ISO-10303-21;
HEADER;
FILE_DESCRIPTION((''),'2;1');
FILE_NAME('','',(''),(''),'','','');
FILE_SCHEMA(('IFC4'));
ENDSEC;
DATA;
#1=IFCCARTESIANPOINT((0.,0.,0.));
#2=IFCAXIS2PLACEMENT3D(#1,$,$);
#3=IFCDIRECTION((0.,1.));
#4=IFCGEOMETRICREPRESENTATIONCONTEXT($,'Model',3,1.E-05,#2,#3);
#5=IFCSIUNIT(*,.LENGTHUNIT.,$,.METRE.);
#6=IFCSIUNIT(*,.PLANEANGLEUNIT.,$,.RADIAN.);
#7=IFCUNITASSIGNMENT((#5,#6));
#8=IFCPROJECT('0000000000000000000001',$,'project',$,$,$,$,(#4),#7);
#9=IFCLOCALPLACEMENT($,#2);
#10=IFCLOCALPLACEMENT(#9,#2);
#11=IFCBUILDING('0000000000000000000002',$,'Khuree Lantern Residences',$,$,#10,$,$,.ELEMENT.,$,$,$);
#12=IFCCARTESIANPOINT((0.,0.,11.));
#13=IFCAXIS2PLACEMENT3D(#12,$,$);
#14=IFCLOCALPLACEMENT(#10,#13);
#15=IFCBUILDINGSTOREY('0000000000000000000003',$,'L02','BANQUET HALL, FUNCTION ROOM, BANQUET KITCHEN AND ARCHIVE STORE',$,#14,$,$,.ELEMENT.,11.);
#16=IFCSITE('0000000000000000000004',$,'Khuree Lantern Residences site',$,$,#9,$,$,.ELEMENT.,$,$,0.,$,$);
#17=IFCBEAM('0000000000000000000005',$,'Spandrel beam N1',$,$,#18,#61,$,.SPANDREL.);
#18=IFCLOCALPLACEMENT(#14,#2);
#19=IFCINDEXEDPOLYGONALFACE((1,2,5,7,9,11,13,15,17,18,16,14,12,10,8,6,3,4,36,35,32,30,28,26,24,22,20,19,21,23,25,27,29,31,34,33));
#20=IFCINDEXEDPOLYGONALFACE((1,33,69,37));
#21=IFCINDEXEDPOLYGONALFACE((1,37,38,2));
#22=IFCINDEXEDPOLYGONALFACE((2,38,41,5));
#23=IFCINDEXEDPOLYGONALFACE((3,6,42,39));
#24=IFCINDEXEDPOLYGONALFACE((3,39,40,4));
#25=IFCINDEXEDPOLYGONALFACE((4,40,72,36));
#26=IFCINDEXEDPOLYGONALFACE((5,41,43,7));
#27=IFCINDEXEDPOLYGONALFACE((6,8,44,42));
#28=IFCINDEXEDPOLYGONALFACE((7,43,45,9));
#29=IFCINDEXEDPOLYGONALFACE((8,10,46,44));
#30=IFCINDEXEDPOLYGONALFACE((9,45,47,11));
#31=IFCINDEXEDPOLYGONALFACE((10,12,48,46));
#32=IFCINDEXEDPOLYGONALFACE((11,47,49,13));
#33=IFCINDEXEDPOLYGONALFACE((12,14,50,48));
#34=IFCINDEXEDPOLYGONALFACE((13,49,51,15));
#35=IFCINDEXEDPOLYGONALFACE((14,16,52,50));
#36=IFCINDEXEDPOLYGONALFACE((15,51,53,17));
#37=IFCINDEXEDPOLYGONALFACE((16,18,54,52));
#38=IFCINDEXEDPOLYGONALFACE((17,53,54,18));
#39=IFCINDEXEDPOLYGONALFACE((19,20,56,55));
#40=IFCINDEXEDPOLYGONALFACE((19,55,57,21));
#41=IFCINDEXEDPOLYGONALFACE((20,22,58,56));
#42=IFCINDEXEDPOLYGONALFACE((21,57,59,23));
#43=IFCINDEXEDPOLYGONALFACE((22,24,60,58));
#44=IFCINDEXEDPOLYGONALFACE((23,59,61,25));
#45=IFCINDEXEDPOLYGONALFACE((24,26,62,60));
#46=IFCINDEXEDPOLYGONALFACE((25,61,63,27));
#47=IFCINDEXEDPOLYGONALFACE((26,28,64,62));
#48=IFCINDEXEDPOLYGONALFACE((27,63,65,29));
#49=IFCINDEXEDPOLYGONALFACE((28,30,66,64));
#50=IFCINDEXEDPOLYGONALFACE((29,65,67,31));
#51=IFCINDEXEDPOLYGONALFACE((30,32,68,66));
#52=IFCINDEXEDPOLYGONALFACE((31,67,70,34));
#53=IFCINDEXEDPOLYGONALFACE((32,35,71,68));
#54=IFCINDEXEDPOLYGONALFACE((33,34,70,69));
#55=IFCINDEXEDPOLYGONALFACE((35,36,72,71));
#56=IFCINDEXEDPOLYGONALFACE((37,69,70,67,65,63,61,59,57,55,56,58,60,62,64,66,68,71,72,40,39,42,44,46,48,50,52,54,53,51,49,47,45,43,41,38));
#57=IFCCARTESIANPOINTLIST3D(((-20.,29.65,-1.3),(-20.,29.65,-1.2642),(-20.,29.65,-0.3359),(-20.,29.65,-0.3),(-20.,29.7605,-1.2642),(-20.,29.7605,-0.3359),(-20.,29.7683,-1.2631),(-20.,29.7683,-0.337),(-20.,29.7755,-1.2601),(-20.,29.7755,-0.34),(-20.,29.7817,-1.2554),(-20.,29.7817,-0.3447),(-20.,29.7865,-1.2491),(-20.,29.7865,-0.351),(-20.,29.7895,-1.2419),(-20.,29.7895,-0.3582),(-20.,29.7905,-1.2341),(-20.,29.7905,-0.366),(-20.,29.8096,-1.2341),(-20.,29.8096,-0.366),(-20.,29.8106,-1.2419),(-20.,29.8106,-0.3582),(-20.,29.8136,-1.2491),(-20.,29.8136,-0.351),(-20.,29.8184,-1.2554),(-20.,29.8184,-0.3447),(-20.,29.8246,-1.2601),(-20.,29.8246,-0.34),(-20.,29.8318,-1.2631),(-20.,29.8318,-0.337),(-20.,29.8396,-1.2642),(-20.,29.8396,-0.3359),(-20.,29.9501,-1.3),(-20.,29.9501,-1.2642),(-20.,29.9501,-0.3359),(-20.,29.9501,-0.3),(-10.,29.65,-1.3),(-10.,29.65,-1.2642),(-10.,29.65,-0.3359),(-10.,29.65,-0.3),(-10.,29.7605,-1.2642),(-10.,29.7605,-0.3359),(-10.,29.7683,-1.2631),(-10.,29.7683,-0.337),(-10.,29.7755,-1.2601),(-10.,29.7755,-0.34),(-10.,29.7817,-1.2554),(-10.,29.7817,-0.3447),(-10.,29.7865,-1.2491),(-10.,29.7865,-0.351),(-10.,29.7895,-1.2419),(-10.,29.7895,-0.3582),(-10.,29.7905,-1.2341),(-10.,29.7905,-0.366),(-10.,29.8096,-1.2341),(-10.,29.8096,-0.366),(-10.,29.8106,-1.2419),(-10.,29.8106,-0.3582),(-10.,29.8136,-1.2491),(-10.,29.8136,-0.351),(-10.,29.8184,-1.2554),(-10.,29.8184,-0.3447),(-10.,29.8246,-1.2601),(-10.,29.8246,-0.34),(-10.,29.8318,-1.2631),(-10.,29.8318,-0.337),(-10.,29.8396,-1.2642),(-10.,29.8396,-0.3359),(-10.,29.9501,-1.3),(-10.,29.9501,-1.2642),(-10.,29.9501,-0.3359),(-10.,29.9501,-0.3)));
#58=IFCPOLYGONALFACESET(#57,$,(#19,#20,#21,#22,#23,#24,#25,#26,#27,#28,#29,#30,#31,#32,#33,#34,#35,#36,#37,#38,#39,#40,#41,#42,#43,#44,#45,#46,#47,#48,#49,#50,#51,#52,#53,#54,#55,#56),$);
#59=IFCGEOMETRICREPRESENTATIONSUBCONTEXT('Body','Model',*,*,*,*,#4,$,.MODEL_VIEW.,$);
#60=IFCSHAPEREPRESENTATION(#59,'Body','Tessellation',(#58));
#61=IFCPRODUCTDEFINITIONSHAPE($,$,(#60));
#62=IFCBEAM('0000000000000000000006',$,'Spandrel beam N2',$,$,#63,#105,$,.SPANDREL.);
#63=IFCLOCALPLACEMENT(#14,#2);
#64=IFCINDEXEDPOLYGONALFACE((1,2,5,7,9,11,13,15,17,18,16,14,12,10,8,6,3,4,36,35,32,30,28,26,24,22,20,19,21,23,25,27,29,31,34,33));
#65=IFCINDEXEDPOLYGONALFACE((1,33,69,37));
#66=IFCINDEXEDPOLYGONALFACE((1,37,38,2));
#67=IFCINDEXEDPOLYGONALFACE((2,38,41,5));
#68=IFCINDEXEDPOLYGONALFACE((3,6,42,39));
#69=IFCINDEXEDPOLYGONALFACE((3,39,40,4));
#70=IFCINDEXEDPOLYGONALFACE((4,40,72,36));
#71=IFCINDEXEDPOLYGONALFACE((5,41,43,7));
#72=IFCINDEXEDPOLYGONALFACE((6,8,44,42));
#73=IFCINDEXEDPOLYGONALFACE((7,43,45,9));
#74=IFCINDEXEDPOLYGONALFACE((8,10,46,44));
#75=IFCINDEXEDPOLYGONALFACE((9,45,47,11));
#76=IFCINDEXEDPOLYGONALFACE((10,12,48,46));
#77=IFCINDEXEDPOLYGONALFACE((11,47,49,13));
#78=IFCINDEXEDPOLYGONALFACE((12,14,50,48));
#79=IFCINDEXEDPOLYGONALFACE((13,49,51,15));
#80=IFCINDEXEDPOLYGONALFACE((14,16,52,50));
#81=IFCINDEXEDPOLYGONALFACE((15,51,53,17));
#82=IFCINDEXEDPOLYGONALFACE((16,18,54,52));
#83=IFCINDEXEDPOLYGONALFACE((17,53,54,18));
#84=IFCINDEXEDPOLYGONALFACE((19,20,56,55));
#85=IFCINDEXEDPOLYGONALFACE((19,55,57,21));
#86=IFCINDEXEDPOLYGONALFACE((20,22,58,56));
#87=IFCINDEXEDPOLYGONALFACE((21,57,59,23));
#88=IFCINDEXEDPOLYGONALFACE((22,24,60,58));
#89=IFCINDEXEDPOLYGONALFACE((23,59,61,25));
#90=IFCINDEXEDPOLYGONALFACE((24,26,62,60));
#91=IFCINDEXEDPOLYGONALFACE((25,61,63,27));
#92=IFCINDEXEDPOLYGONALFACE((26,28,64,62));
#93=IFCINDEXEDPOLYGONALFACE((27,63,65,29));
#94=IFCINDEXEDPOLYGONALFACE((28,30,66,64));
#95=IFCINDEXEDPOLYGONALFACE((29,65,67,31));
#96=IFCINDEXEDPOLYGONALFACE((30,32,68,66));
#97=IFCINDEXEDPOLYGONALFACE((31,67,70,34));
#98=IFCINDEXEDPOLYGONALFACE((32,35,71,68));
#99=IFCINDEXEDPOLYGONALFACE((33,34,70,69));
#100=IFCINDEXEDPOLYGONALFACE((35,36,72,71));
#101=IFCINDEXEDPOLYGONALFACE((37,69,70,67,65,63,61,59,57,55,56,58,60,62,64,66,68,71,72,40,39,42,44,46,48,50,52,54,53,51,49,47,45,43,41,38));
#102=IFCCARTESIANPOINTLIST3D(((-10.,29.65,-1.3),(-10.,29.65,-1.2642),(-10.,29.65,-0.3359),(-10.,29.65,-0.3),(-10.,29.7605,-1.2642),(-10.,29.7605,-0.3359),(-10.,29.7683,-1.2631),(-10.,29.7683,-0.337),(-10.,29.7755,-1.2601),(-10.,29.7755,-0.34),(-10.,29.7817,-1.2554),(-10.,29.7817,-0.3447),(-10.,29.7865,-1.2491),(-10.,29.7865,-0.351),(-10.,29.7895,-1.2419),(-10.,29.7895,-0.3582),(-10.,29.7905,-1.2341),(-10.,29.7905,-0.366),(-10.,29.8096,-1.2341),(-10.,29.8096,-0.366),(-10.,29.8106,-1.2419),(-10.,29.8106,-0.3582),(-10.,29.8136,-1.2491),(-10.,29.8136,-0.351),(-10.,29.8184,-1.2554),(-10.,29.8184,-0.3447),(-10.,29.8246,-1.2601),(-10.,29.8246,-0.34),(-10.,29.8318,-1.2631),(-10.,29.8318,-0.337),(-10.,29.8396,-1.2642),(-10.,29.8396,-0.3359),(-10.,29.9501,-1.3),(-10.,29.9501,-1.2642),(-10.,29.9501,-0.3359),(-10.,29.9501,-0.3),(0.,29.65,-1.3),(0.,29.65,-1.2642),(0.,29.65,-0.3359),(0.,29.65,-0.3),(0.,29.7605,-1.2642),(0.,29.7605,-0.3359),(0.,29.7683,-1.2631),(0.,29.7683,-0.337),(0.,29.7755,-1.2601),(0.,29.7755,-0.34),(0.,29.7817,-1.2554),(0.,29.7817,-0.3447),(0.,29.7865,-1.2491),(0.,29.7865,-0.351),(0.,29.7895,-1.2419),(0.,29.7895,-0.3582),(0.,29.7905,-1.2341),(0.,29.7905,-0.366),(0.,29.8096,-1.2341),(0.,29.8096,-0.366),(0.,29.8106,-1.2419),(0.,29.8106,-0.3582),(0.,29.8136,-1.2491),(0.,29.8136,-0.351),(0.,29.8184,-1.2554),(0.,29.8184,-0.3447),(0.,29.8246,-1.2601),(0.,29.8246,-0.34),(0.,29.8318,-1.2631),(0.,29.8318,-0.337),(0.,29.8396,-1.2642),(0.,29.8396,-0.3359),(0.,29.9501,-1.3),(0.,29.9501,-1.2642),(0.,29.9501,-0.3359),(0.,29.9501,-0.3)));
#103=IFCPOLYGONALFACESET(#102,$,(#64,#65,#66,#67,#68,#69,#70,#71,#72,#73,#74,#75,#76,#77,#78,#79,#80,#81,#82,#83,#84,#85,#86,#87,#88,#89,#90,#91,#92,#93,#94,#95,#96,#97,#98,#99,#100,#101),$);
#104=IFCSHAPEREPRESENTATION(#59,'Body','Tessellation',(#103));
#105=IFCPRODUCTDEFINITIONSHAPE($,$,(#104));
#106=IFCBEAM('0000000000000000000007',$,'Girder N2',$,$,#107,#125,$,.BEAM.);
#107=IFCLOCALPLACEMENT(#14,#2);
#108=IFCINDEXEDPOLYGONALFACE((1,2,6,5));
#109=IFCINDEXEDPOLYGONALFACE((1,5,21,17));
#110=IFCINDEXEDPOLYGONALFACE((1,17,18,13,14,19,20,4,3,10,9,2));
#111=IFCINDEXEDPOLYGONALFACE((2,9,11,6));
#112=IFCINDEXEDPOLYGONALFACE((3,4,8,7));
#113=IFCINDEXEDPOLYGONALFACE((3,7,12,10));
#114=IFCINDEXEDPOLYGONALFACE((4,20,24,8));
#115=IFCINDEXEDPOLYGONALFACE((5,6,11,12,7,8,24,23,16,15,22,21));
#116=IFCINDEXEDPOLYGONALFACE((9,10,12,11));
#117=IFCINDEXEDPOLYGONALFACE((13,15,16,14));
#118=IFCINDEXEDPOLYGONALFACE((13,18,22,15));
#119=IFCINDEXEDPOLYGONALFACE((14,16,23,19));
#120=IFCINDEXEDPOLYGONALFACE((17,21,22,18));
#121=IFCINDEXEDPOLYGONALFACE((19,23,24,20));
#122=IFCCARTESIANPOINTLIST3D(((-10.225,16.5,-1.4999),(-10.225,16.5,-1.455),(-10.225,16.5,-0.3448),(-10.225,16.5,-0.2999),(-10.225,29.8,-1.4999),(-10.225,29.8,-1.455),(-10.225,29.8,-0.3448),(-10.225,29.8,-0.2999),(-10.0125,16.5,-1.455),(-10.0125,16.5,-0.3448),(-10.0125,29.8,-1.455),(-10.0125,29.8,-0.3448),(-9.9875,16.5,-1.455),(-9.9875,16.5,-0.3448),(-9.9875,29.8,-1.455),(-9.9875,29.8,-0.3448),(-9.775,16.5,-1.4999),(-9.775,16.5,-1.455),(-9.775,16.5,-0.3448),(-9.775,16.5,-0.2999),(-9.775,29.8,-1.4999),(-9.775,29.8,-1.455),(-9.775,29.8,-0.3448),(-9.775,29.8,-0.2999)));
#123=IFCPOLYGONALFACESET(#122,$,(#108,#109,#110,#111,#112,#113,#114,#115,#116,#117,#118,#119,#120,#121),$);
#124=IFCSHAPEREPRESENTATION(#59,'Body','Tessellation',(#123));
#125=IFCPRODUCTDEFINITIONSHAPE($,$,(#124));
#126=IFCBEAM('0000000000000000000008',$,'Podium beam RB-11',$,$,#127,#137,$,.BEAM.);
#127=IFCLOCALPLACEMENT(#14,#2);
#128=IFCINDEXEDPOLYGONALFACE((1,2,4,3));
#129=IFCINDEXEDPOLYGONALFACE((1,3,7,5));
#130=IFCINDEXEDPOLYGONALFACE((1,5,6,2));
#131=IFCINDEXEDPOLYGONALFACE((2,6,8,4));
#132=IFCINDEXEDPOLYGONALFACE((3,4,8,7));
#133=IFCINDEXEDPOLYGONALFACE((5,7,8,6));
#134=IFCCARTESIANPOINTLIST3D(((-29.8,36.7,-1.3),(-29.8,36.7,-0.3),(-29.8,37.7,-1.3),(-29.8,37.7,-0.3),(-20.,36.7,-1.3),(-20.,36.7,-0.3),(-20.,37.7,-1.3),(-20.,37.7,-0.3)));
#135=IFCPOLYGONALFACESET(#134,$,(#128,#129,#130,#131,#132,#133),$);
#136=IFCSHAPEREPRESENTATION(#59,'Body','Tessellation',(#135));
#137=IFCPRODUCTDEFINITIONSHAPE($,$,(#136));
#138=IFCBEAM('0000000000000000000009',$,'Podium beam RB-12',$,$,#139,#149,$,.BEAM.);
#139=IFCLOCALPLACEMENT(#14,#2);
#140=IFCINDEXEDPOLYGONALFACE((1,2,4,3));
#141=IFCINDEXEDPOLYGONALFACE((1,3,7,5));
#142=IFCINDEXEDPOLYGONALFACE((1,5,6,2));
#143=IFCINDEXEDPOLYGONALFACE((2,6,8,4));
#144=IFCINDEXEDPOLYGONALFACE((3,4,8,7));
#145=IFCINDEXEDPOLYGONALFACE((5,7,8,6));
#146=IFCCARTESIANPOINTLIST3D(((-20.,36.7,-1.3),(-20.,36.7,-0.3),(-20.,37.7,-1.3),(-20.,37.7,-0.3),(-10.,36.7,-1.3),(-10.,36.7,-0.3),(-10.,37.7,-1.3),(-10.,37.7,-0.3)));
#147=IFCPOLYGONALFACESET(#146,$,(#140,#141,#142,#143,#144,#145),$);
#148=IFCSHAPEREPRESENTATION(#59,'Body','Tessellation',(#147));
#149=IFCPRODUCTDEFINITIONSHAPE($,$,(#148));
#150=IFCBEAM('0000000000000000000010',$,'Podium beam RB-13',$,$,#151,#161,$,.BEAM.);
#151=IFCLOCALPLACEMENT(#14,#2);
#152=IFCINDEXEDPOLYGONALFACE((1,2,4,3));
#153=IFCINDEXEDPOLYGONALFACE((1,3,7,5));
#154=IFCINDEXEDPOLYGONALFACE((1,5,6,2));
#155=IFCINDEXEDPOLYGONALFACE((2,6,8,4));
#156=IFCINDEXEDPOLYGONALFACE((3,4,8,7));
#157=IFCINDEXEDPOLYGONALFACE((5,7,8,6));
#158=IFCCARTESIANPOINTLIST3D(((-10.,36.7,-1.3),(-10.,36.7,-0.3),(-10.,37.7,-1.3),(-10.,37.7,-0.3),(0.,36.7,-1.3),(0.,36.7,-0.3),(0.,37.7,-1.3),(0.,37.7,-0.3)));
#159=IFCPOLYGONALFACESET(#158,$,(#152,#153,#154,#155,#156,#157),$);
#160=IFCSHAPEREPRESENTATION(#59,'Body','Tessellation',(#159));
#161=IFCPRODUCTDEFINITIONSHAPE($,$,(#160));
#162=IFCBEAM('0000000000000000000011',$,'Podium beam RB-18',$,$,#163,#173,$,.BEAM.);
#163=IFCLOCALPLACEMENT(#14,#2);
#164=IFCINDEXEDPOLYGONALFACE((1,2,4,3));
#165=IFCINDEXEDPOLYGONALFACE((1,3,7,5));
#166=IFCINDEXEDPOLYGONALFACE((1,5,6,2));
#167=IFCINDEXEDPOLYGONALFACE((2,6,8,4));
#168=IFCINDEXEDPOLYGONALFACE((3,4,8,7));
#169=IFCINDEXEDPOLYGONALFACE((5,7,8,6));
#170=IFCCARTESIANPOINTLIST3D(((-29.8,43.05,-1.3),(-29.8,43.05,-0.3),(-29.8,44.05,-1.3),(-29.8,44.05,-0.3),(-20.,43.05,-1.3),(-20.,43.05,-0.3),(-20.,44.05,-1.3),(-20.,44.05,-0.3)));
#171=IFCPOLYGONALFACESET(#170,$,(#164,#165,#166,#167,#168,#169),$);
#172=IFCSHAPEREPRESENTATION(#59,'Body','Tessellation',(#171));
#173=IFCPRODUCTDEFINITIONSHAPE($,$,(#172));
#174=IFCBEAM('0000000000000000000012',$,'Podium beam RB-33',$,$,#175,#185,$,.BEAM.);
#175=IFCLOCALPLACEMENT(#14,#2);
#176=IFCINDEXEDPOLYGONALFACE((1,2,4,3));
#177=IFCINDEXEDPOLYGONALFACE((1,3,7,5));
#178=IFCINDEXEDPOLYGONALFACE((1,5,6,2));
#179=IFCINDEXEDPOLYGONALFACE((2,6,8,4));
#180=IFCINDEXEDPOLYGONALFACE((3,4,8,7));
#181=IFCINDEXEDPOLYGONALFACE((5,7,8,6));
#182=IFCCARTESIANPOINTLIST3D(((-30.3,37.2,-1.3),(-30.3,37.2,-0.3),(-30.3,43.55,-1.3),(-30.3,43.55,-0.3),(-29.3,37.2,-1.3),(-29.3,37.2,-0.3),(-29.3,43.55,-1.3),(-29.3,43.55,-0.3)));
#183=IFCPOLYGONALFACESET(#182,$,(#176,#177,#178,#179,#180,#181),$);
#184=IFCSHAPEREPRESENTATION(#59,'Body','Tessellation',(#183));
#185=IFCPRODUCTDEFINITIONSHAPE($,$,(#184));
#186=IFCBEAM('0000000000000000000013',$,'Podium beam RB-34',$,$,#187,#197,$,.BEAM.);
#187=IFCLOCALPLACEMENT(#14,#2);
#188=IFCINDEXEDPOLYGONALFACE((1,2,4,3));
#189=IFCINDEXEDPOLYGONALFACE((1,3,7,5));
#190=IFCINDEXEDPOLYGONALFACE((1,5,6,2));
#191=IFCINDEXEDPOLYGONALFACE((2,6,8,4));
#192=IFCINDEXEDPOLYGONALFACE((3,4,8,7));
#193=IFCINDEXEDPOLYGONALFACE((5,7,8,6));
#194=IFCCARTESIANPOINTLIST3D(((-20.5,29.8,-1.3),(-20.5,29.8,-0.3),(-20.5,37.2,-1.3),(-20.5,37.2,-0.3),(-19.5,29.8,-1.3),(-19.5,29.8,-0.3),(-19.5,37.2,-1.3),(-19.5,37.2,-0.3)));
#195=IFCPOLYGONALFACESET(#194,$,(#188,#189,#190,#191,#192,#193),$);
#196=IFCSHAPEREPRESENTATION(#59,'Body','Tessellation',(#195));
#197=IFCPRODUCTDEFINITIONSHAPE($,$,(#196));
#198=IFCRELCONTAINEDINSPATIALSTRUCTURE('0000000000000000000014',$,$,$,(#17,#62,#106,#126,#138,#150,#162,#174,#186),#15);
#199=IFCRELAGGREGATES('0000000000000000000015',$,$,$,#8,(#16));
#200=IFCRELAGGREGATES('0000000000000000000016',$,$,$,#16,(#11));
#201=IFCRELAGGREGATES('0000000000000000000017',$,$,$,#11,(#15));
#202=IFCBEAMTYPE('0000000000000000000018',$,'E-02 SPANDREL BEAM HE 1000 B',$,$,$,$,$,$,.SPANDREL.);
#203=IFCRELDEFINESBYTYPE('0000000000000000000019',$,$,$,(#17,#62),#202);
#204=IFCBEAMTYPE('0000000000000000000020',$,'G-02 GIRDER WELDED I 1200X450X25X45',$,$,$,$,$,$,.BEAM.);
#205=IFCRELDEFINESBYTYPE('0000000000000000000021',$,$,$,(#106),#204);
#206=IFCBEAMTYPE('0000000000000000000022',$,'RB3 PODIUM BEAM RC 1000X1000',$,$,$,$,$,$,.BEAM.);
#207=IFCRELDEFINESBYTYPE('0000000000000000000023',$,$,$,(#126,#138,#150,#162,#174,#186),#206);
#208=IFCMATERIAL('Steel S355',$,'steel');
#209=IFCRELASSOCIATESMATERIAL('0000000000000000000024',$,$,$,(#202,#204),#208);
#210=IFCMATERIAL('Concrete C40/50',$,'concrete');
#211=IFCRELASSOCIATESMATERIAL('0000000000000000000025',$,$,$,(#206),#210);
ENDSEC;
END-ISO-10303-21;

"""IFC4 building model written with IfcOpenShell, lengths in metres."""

from ifc_helpers import new_model, si_unit, direction, frame, origin, origin_2d, place, context, subcontext, project, spatial, rectangle, i_section, extrude, material, material_profile, profile_set, type_object, element, save


model = new_model("IFC4")

# Units and contexts
model_context = context("Model", 3, precision=1e-05, world=origin(), true_north=direction((0.0, 1.0)))
body_context = subcontext(model_context, "Body", "Model", "MODEL_VIEW")
ifc_project = project(units=[si_unit("LENGTHUNIT", "METRE"), si_unit("PLANEANGLEUNIT", "RADIAN")], contexts=[model_context])

# Site, building, storey
site_placement = place(None, origin())
site = spatial("IfcSite", under=ifc_project, at=site_placement, Name="Khuree Lantern Residences site", CompositionType="ELEMENT", RefElevation=0.0)
building_placement = place(site_placement, origin())
building = spatial("IfcBuilding", under=site, at=building_placement, Name="Khuree Lantern Residences", CompositionType="ELEMENT")
storey_placement = place(building_placement, frame((0.0, 0.0, 11.0)))
storey = spatial("IfcBuildingStorey", under=building, at=storey_placement, Name="L02", Description="BANQUET HALL, FUNCTION ROOM, BANQUET KITCHEN AND ARCHIVE STORE", CompositionType="ELEMENT", Elevation=11.0)

# Beams
ifc_material_1 = material(Name="Steel S355", Category="steel")
ifc_material_profile_1 = material_profile(ifc_material_1, i_section(OverallWidth=0.3, OverallDepth=1.0, WebThickness=0.019, FlangeThickness=0.0359, FilletRadius=0.03, at=origin_2d()), Name="HE 1000 B")
ifc_profile_set_1 = profile_set([ifc_material_profile_1], Name="Steel S355")
beam_type_1 = type_object("IfcBeamType", Name="E-02 SPANDREL BEAM HE 1000 B", PredefinedType="SPANDREL", material=ifc_profile_set_1)
for number, where, z_axis, x_axis, name in (
    (1, (-20.0, 29.8, -0.8), (1.0, 0.0, 0.0), (0.0, 1.0, 0.0), "Spandrel beam N1"),
    (2, (-10.0, 29.8, -0.8), (1.0, 0.0, 0.0), (0.0, 1.0, 0.0), "Spandrel beam N2"),
):
    element("IfcBeam", number, at=place(storey_placement, frame(where, z_axis=z_axis, x_axis=x_axis)), inside=storey, type_object=beam_type_1, Name=name, PredefinedType="SPANDREL", context=body_context, shape_type="SweptSolid", body=[
        extrude(i_section(OverallWidth=0.3, OverallDepth=1.0, WebThickness=0.019, FlangeThickness=0.0359, FilletRadius=0.03, at=origin_2d()), origin(), (0.0, 0.0, 1.0), 10.0),
    ])
ifc_material_profile_2 = material_profile(ifc_material_1, i_section(OverallWidth=0.45, OverallDepth=1.2, WebThickness=0.0249, FlangeThickness=0.0449, at=origin_2d()), Name="WELDED I 1200X450X25X45")
ifc_profile_set_2 = profile_set([ifc_material_profile_2], Name="Steel S355")
beam_type_2 = type_object("IfcBeamType", Name="G-02 GIRDER WELDED I 1200X450X25X45", PredefinedType="BEAM", material=ifc_profile_set_2)
beam_1_placement = place(storey_placement, frame((-10.0, 29.8, -0.8999), z_axis=(0.0, -1.0, 0.0), x_axis=(1.0, 0.0, 0.0)))
element("IfcBeam", 3, at=beam_1_placement, inside=storey, type_object=beam_type_2, Name="Girder N2", PredefinedType="BEAM", context=body_context, shape_type="SweptSolid", body=[
    extrude(i_section(OverallWidth=0.45, OverallDepth=1.2, WebThickness=0.0249, FlangeThickness=0.0449, at=origin_2d()), origin(), (0.0, 0.0, 1.0), 13.3),
])
ifc_material_2 = material(Name="Concrete C40/50", Category="concrete")
ifc_material_profile_3 = material_profile(ifc_material_2, rectangle(XDim=1.0, YDim=1.0, at=origin_2d()), Name="RC 1000X1000")
ifc_profile_set_3 = profile_set([ifc_material_profile_3], Name="Concrete C40/50")
beam_type_3 = type_object("IfcBeamType", Name="RB3 PODIUM BEAM RC 1000X1000", PredefinedType="BEAM", material=ifc_profile_set_3)
beam_2_placement = place(storey_placement, frame((-29.8, 37.2, -0.8), z_axis=(1.0, 0.0, 0.0), x_axis=(0.0, 1.0, 0.0)))
element("IfcBeam", 4, at=beam_2_placement, inside=storey, type_object=beam_type_3, Name="Podium beam RB-11", PredefinedType="BEAM", context=body_context, shape_type="SweptSolid", body=[
    extrude(rectangle(XDim=1.0, YDim=1.0, at=origin_2d()), origin(), (0.0, 0.0, 1.0), 9.8),
])
for number, where, z_axis, x_axis, name in (
    (5, (-20.0, 37.2, -0.8), (1.0, 0.0, 0.0), (0.0, 1.0, 0.0), "Podium beam RB-12"),
    (6, (-10.0, 37.2, -0.8), (1.0, 0.0, 0.0), (0.0, 1.0, 0.0), "Podium beam RB-13"),
):
    element("IfcBeam", number, at=place(storey_placement, frame(where, z_axis=z_axis, x_axis=x_axis)), inside=storey, type_object=beam_type_3, Name=name, PredefinedType="BEAM", context=body_context, shape_type="SweptSolid", body=[
        extrude(rectangle(XDim=1.0, YDim=1.0, at=origin_2d()), origin(), (0.0, 0.0, 1.0), 10.0),
    ])
beam_3_placement = place(storey_placement, frame((-29.8, 43.55, -0.8), z_axis=(1.0, 0.0, 0.0), x_axis=(0.0, 1.0, 0.0)))
element("IfcBeam", 7, at=beam_3_placement, inside=storey, type_object=beam_type_3, Name="Podium beam RB-18", PredefinedType="BEAM", context=body_context, shape_type="SweptSolid", body=[
    extrude(rectangle(XDim=1.0, YDim=1.0, at=origin_2d()), origin(), (0.0, 0.0, 1.0), 9.8),
])
beam_4_placement = place(storey_placement, frame((-29.8, 37.2, -0.8), z_axis=(0.0, 1.0, 0.0), x_axis=(-1.0, 0.0, 0.0)))
element("IfcBeam", 8, at=beam_4_placement, inside=storey, type_object=beam_type_3, Name="Podium beam RB-33", PredefinedType="BEAM", context=body_context, shape_type="SweptSolid", body=[
    extrude(rectangle(XDim=1.0, YDim=1.0, at=origin_2d()), origin(), (0.0, 0.0, 1.0), 6.3501),
])
beam_5_placement = place(storey_placement, frame((-20.0, 29.8, -0.8), z_axis=(0.0, 1.0, 0.0), x_axis=(-1.0, 0.0, 0.0)))
element("IfcBeam", 9, at=beam_5_placement, inside=storey, type_object=beam_type_3, Name="Podium beam RB-34", PredefinedType="BEAM", context=body_context, shape_type="SweptSolid", body=[
    extrude(rectangle(XDim=1.0, YDim=1.0, at=origin_2d()), origin(), (0.0, 0.0, 1.0), 7.3999),
])

save(model, "model.ifc")
